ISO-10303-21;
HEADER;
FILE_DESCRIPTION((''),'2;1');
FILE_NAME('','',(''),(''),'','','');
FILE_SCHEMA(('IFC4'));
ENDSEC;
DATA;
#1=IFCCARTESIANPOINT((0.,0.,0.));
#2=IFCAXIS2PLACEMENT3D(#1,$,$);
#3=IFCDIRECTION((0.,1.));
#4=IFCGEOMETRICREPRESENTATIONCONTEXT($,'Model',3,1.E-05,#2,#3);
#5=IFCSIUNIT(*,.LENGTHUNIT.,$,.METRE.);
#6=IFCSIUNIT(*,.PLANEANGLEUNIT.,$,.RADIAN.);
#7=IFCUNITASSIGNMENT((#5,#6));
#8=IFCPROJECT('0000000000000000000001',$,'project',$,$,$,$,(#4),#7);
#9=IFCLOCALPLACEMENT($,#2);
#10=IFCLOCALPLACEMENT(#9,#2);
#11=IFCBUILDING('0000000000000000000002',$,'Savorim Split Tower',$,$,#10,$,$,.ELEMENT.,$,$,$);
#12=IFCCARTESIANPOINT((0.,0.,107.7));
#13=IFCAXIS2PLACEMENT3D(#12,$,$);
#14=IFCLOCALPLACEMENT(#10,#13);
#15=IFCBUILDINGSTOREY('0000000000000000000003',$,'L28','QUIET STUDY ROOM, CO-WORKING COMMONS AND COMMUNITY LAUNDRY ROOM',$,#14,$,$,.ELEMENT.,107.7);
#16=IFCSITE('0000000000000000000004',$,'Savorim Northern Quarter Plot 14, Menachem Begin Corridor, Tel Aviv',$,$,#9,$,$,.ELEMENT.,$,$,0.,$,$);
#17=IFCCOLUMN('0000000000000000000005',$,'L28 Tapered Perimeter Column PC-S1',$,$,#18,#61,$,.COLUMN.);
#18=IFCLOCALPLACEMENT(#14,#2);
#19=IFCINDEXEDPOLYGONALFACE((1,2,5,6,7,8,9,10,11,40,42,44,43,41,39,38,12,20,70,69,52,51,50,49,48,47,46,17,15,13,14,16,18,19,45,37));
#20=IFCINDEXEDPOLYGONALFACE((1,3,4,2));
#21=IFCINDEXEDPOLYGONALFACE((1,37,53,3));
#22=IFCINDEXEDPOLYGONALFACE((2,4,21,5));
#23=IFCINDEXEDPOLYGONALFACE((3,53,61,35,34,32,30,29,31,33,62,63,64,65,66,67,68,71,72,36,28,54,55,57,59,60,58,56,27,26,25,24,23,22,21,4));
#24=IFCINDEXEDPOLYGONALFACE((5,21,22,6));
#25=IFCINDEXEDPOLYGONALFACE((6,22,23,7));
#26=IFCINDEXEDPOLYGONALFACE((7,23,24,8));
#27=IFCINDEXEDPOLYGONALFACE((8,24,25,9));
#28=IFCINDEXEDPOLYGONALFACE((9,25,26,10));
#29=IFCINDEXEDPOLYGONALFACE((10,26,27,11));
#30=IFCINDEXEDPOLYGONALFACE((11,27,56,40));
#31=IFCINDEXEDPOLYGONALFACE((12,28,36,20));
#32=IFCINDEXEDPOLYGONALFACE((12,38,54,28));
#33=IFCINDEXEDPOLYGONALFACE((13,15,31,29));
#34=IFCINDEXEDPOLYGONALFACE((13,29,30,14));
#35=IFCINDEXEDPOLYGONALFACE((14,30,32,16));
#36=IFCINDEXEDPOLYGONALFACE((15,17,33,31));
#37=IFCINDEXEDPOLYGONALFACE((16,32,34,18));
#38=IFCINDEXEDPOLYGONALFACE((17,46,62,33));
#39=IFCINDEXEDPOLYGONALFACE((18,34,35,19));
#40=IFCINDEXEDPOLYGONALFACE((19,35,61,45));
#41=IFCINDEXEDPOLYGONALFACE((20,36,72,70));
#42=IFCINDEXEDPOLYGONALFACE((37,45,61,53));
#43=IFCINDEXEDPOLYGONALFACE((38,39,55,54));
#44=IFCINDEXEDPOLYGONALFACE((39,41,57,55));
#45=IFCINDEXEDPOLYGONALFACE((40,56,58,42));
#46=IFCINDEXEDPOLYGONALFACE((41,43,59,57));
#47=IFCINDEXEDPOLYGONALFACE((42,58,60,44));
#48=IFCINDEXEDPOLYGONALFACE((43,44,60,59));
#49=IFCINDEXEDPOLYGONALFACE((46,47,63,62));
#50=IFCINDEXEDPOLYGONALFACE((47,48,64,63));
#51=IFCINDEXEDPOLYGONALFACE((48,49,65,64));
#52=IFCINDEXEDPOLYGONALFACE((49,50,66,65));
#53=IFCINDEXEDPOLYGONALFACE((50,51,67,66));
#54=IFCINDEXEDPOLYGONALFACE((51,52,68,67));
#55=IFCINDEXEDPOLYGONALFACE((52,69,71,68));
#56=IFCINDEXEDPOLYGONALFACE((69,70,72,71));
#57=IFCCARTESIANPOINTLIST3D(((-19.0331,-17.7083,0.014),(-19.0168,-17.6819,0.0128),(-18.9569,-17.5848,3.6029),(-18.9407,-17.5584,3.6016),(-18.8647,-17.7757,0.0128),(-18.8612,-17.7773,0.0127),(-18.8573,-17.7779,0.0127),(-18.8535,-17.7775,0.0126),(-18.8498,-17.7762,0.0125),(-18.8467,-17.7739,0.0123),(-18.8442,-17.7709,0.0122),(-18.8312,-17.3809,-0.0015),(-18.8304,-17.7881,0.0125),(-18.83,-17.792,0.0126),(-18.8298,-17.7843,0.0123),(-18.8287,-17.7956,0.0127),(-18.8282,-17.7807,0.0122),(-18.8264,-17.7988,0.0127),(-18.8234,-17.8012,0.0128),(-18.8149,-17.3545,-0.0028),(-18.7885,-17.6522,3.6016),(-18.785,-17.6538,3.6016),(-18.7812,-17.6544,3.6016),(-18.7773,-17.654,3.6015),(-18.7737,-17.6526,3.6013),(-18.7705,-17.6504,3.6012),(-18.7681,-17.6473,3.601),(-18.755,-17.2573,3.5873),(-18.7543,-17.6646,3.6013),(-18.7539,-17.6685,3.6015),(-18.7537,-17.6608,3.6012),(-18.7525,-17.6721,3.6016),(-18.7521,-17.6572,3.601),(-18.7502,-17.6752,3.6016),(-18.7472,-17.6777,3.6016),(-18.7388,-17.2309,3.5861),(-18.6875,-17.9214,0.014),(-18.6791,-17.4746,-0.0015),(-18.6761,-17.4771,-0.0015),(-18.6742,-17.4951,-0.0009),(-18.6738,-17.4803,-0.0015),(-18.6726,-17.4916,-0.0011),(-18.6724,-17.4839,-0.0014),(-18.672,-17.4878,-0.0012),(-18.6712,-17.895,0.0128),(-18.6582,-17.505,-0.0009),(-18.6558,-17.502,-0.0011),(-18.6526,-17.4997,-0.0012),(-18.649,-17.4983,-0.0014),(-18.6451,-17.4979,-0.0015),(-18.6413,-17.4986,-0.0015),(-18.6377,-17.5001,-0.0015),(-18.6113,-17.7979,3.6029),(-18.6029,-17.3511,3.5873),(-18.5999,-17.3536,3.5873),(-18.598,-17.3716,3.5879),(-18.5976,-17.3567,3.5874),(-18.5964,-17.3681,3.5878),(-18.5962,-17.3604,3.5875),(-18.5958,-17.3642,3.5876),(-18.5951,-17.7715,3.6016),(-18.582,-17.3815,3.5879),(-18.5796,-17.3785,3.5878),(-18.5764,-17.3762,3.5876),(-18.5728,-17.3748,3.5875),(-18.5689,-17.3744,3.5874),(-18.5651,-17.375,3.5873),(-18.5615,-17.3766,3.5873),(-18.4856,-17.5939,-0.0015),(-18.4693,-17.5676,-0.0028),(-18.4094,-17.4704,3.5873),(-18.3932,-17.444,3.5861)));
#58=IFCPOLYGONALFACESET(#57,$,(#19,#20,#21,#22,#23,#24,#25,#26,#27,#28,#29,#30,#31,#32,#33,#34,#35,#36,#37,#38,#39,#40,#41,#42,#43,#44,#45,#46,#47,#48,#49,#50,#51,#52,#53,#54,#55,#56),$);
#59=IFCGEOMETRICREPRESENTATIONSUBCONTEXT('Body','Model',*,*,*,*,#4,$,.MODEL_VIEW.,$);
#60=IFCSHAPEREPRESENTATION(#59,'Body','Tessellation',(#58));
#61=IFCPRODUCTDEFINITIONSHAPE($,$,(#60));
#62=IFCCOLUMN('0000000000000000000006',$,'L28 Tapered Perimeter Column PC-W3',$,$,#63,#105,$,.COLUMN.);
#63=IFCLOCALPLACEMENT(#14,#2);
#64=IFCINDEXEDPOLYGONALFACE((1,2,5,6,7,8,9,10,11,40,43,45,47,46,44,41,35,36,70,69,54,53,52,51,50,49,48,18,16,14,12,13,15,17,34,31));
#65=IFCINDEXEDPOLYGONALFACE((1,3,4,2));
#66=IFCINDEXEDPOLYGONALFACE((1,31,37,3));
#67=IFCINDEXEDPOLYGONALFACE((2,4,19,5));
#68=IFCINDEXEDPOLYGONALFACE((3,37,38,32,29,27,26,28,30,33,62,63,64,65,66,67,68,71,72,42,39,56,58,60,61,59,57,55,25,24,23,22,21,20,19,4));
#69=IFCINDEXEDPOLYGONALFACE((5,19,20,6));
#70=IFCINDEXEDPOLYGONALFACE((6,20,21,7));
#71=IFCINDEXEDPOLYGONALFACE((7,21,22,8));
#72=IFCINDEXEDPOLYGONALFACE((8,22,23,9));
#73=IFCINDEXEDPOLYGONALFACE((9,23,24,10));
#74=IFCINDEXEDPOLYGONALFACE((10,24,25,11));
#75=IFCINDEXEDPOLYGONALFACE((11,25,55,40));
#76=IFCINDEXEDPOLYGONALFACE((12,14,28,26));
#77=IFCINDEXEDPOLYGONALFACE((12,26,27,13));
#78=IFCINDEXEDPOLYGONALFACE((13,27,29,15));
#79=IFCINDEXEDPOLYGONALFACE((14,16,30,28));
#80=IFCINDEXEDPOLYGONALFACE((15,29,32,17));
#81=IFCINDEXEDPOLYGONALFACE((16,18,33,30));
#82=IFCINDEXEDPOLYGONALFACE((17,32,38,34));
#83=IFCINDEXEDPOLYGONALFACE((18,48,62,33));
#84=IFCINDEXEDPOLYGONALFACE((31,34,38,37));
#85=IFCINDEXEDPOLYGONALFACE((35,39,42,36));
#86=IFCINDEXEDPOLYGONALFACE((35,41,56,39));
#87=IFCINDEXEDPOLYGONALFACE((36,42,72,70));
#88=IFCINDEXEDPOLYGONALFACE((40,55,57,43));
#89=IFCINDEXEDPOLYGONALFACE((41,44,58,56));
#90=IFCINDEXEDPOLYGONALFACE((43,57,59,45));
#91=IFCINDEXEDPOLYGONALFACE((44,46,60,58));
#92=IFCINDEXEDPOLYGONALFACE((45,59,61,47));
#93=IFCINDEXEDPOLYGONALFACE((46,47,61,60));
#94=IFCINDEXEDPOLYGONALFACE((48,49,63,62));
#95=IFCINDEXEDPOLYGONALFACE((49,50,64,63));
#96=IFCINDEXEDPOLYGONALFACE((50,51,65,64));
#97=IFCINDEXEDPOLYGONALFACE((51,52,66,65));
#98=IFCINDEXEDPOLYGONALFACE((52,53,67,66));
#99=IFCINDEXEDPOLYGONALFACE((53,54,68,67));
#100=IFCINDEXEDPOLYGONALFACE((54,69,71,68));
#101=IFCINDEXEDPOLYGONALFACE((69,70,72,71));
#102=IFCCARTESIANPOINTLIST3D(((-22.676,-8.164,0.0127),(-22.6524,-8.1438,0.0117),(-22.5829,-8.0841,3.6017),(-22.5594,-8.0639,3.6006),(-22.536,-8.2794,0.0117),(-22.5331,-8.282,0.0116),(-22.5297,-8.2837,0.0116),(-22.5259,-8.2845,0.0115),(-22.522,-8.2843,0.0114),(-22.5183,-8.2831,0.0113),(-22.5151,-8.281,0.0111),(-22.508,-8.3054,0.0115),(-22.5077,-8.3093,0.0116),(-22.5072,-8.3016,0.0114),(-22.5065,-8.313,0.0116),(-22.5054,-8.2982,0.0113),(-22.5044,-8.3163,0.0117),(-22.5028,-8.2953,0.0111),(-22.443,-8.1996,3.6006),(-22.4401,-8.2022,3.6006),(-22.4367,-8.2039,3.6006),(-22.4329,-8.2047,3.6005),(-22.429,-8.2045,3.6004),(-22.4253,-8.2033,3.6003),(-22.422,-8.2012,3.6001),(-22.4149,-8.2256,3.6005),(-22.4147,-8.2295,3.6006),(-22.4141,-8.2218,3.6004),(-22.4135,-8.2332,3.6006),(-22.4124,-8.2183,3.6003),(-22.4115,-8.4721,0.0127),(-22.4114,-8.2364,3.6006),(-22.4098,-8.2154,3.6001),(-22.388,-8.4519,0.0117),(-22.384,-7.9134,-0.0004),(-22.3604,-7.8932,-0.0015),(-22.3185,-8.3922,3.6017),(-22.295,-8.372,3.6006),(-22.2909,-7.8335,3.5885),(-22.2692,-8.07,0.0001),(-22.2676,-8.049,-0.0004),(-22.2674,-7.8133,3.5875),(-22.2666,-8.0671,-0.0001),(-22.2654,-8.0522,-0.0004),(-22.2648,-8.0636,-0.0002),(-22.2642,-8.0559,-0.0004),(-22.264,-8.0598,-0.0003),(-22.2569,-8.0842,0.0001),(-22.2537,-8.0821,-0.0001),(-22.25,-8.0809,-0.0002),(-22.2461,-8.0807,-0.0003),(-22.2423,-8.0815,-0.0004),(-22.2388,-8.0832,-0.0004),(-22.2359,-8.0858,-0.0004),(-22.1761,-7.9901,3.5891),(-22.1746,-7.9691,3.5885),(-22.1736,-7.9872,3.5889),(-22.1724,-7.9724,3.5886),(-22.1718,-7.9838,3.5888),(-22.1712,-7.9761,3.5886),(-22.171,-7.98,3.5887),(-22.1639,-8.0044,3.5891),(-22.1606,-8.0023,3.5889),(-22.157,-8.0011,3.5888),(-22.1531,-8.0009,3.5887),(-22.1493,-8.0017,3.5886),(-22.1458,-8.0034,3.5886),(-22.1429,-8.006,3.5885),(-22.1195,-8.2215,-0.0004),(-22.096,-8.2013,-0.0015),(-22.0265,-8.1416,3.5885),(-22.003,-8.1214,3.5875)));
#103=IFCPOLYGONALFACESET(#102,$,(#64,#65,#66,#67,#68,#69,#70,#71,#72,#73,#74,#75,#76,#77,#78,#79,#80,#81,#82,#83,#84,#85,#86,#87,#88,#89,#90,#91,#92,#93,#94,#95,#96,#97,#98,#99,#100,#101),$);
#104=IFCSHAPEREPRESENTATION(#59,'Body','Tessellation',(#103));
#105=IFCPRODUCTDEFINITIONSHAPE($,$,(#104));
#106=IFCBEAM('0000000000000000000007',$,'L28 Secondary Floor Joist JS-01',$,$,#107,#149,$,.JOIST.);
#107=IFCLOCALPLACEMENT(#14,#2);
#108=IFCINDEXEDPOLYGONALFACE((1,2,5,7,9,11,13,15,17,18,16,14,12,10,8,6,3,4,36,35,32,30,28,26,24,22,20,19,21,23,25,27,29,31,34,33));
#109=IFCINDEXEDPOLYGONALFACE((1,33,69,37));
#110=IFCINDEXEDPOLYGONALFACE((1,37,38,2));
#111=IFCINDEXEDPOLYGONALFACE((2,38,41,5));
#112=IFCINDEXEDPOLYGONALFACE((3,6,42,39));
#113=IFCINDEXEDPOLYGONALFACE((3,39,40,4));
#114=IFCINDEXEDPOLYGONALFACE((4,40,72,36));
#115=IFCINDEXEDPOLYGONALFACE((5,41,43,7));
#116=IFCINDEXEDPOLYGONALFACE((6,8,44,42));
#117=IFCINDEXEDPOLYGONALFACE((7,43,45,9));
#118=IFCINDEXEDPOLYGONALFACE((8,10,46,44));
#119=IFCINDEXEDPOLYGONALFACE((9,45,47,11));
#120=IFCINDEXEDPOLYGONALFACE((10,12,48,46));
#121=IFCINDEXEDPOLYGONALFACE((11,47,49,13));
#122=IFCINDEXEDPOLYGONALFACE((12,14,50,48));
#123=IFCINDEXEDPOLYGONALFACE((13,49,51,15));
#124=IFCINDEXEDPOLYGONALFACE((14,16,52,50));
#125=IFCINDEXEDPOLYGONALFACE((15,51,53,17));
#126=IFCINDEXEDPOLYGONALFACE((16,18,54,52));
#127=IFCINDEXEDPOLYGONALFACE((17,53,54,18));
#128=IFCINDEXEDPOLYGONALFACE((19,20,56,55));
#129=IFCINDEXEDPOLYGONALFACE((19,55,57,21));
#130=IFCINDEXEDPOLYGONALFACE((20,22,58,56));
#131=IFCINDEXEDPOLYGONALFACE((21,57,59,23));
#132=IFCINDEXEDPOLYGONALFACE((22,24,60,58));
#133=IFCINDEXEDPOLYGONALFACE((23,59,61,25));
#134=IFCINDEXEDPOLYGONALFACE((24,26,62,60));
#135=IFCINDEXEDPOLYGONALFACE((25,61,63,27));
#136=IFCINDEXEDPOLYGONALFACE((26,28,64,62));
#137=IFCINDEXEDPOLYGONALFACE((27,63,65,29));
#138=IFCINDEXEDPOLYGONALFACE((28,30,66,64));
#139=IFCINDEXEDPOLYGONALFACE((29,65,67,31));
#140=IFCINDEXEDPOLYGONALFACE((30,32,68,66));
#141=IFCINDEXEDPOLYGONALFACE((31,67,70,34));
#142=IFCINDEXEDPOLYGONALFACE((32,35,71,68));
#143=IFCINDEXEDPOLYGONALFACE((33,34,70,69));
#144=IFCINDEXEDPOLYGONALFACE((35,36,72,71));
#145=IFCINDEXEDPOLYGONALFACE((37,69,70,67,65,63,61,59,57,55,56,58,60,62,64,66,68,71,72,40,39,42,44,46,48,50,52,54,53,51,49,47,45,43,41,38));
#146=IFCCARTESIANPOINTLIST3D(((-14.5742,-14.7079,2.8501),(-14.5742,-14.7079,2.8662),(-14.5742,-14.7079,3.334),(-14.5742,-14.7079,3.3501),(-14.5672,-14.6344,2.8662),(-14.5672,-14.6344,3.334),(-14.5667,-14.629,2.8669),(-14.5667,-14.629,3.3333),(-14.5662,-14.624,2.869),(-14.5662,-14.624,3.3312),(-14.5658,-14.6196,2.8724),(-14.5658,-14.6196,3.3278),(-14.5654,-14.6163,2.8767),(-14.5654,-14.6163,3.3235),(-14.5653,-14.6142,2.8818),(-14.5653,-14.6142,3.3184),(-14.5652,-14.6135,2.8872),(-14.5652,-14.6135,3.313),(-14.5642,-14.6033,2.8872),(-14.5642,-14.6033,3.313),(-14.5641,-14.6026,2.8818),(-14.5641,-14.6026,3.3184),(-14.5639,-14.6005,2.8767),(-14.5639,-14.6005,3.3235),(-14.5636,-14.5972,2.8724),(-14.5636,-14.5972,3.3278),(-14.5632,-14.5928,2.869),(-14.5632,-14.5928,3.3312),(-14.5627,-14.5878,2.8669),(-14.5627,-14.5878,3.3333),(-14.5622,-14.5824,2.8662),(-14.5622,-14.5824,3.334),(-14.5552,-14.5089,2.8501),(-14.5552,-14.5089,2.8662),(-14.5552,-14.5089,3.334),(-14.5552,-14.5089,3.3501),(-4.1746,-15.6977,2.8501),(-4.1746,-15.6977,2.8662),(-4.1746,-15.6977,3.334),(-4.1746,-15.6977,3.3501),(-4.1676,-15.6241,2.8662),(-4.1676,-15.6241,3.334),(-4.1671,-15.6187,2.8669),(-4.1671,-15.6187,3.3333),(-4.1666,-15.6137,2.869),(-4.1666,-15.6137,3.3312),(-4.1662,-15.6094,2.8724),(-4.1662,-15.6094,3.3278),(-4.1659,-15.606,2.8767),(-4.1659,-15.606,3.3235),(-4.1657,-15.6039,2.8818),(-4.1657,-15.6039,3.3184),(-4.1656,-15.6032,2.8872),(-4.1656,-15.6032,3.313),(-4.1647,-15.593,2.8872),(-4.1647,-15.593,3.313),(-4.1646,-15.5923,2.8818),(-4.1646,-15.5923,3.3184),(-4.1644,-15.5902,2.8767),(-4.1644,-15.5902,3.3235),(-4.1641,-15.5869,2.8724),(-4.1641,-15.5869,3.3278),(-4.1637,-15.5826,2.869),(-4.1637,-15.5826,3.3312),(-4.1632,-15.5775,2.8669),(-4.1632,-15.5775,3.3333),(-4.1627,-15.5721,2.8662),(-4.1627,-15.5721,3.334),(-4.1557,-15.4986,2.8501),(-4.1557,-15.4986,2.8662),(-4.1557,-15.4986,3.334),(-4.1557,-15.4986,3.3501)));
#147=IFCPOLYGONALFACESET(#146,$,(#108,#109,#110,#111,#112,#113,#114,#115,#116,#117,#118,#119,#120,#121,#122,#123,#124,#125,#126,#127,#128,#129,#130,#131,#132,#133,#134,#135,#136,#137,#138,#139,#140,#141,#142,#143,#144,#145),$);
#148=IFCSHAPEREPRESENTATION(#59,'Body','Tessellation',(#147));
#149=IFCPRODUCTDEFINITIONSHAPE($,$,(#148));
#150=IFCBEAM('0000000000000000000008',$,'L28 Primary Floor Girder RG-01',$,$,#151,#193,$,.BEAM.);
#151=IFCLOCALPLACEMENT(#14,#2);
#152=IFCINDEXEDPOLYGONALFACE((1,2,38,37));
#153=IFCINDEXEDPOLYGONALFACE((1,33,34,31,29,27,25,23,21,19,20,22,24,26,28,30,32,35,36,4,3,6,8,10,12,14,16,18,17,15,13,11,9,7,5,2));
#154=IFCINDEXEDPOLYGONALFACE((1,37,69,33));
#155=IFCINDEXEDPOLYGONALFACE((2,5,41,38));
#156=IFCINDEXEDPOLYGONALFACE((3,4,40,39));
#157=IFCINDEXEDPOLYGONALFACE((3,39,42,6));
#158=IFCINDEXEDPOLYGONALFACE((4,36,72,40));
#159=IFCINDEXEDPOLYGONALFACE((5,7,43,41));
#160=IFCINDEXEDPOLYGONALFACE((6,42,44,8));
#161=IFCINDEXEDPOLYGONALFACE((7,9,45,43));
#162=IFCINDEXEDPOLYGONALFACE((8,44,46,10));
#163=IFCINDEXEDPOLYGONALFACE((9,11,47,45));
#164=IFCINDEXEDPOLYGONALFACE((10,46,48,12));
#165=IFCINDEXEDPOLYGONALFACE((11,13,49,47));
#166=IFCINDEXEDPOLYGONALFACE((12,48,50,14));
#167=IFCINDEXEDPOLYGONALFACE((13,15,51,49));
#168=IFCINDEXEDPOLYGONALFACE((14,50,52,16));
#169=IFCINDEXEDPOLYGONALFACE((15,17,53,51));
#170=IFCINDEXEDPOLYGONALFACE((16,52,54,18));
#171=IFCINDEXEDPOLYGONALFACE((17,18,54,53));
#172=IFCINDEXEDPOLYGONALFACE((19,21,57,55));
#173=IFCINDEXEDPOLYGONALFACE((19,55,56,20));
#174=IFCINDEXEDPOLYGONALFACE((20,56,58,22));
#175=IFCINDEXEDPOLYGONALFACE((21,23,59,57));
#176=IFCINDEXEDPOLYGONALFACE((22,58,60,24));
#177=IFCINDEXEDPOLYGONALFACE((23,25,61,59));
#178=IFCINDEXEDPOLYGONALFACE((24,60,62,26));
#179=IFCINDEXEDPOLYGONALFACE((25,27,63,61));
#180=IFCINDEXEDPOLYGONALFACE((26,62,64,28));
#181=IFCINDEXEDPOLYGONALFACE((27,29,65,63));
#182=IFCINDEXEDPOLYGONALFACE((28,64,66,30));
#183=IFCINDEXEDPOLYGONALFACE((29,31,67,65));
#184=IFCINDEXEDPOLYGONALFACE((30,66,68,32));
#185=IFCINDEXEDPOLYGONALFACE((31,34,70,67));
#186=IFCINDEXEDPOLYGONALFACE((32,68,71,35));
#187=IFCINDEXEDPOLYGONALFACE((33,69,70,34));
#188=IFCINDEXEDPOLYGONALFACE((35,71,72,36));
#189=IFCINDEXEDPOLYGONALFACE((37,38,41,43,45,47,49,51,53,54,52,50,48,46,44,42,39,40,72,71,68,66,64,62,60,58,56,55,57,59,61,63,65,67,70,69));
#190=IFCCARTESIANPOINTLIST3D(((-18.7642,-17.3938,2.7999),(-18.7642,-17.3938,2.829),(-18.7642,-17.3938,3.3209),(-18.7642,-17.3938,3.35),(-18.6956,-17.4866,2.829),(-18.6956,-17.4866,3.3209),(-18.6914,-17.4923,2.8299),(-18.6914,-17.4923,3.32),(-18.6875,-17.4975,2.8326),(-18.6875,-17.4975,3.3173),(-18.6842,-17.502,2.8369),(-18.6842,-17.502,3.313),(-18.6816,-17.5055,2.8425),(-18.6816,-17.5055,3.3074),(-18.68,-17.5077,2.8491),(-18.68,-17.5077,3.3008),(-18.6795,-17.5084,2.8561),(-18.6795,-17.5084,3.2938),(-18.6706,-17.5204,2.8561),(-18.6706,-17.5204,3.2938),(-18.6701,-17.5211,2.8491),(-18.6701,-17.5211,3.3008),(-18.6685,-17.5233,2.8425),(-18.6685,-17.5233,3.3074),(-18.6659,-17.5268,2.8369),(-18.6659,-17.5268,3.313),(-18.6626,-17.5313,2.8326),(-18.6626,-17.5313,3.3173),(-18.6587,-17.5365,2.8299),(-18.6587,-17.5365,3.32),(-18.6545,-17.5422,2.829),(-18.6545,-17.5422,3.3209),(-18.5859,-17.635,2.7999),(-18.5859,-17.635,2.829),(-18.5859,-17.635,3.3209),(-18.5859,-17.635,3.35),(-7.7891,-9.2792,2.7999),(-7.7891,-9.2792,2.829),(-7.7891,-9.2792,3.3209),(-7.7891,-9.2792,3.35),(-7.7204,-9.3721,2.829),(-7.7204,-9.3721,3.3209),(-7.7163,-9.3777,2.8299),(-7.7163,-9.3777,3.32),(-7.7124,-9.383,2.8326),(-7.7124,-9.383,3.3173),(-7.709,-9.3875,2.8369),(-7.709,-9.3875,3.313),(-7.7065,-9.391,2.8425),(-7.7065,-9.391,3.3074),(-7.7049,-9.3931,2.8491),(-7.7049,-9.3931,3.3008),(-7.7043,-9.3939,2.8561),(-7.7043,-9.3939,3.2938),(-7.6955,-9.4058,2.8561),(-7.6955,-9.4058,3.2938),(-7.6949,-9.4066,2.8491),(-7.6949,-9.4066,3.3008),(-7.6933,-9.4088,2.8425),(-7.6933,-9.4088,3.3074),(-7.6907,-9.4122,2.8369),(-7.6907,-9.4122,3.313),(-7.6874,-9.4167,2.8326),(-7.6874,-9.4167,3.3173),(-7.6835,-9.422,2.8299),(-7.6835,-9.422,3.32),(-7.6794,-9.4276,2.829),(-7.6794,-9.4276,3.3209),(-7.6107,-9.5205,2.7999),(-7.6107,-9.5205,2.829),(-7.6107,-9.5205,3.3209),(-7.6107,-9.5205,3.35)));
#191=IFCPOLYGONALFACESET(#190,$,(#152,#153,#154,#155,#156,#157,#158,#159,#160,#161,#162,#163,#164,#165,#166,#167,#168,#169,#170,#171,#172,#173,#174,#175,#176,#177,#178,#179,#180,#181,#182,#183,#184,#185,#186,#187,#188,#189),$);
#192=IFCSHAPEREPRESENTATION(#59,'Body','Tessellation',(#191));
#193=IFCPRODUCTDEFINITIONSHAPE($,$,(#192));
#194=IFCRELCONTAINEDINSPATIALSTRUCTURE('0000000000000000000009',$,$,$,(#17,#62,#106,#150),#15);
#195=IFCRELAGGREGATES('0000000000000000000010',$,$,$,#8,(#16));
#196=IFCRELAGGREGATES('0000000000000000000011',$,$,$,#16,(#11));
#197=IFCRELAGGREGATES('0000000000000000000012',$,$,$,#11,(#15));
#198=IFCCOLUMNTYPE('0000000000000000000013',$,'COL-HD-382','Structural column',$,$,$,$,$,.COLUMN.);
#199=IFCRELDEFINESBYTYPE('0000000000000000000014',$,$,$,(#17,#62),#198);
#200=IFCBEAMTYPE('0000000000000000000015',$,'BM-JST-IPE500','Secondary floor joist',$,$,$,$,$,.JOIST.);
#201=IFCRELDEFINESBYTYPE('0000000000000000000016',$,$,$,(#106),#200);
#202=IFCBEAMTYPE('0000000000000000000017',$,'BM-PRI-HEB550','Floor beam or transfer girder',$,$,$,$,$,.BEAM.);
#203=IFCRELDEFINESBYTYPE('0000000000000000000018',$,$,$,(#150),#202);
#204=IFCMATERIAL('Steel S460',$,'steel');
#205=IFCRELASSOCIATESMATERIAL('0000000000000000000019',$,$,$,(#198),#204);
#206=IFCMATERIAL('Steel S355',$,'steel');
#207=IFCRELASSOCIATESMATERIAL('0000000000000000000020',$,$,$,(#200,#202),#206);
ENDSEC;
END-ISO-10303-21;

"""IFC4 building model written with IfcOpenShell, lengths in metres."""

from ifc_helpers import new_model, si_unit, direction, frame, origin, origin_2d, place, context, subcontext, project, spatial, i_section, extrude, material, material_profile, profile_set, type_object, element, save


model = new_model("IFC4")

# Units and contexts
model_context = context("Model", 3, precision=1e-05, world=origin(), true_north=direction((0.0, 1.0)))
body_context = subcontext(model_context, "Body", "Model", "MODEL_VIEW")
ifc_project = project(units=[si_unit("LENGTHUNIT", "METRE"), si_unit("PLANEANGLEUNIT", "RADIAN")], contexts=[model_context])

# Site, building, storey
site_placement = place(None, origin())
site = spatial("IfcSite", under=ifc_project, at=site_placement, Name="Savorim Northern Quarter Plot 14, Menachem Begin Corridor, Tel Aviv", CompositionType="ELEMENT", RefElevation=0.0)
building_placement = place(site_placement, origin())
building = spatial("IfcBuilding", under=site, at=building_placement, Name="Savorim Split Tower", CompositionType="ELEMENT")
storey_placement = place(building_placement, frame((0.0, 0.0, 107.7)))
storey = spatial("IfcBuildingStorey", under=building, at=storey_placement, Name="L28", Description="QUIET STUDY ROOM, CO-WORKING COMMONS AND COMMUNITY LAUNDRY ROOM", CompositionType="ELEMENT", Elevation=107.7)

# Columns
ifc_material_1 = material(Name="Steel S460", Category="steel")
ifc_material_profile_1 = material_profile(ifc_material_1, i_section(OverallWidth=0.406, OverallDepth=0.416, WebThickness=0.0188, FlangeThickness=0.031, FilletRadius=0.0149, at=origin_2d()), Name="HD 400x382")
ifc_profile_set_1 = profile_set([ifc_material_profile_1], Name="Steel S460")
column_type = type_object("IfcColumnType", Name="COL-HD-382", Description="Structural column", PredefinedType="COLUMN", material=ifc_profile_set_1)
column_1_placement = place(storey_placement, frame((-18.7512, -17.6379, 0.0056), z_axis=(0.021207, 0.034394, 0.999183), x_axis=(-0.851196, 0.524848, 0.0)))
element("IfcColumn", 1, at=column_1_placement, inside=storey, type_object=column_type, Name="L28 Tapered Perimeter Column PC-S1", PredefinedType="COLUMN", context=body_context, shape_type="SweptSolid", body=[
    extrude(i_section(OverallWidth=0.406, OverallDepth=0.416, WebThickness=0.0188, FlangeThickness=0.031, FilletRadius=0.0149, at=origin_2d()), origin(), (0.0, 0.0, 1.0), 3.5918),
])
column_2_placement = place(storey_placement, frame((-22.386, -8.1826, 0.0056), z_axis=(0.025903, 0.022232, 0.999417), x_axis=(-0.651283, 0.758835, 0.0)))
element("IfcColumn", 2, at=column_2_placement, inside=storey, type_object=column_type, Name="L28 Tapered Perimeter Column PC-W3", PredefinedType="COLUMN", context=body_context, shape_type="SweptSolid", body=[
    extrude(i_section(OverallWidth=0.406, OverallDepth=0.416, WebThickness=0.0188, FlangeThickness=0.031, FilletRadius=0.0149, at=origin_2d()), origin(), (0.0, 0.0, 1.0), 3.5911),
])

# Beams
ifc_material_2 = material(Name="Steel S355", Category="steel")
ifc_material_profile_2 = material_profile(ifc_material_2, i_section(OverallWidth=0.2, OverallDepth=0.5, WebThickness=0.0103, FlangeThickness=0.0161, FilletRadius=0.021, at=origin_2d()), Name="IPE 500")
ifc_profile_set_2 = profile_set([ifc_material_profile_2], Name="Steel S355")
beam_type_1 = type_object("IfcBeamType", Name="BM-JST-IPE500", Description="Secondary floor joist", PredefinedType="JOIST", material=ifc_profile_set_2)
beam_1_placement = place(storey_placement, frame((-14.5647, -14.6084, 3.1001), z_axis=(0.995502, -0.094743, 0.0), x_axis=(0.094743, 0.995502, 0.0)))
element("IfcBeam", 3, at=beam_1_placement, inside=storey, type_object=beam_type_1, Name="L28 Secondary Floor Joist JS-01", PredefinedType="JOIST", context=body_context, shape_type="SweptSolid", body=[
    extrude(i_section(OverallWidth=0.2, OverallDepth=0.5, WebThickness=0.0103, FlangeThickness=0.0161, FilletRadius=0.021, at=origin_2d()), origin(), (0.0, 0.0, 1.0), 10.4465),
])
ifc_material_profile_3 = material_profile(ifc_material_2, i_section(OverallWidth=0.3, OverallDepth=0.55, WebThickness=0.0149, FlangeThickness=0.0291, FilletRadius=0.0271, at=origin_2d()), Name="HEB 550")
ifc_profile_set_3 = profile_set([ifc_material_profile_3], Name="Steel S355")
beam_type_2 = type_object("IfcBeamType", Name="BM-PRI-HEB550", Description="Floor beam or transfer girder", PredefinedType="BEAM", material=ifc_profile_set_3)
beam_2_placement = place(storey_placement, frame((-18.675, -17.5144, 3.075), z_axis=(0.80409, 0.594508, 0.0), x_axis=(-0.594508, 0.80409, 0.0)))
element("IfcBeam", 4, at=beam_2_placement, inside=storey, type_object=beam_type_2, Name="L28 Primary Floor Girder RG-01", PredefinedType="BEAM", context=body_context, shape_type="SweptSolid", body=[
    extrude(i_section(OverallWidth=0.3, OverallDepth=0.55, WebThickness=0.0149, FlangeThickness=0.0291, FilletRadius=0.0271, at=origin_2d()), origin(), (0.0, 0.0, 1.0), 13.6492),
])

save(model, "model.ifc")
